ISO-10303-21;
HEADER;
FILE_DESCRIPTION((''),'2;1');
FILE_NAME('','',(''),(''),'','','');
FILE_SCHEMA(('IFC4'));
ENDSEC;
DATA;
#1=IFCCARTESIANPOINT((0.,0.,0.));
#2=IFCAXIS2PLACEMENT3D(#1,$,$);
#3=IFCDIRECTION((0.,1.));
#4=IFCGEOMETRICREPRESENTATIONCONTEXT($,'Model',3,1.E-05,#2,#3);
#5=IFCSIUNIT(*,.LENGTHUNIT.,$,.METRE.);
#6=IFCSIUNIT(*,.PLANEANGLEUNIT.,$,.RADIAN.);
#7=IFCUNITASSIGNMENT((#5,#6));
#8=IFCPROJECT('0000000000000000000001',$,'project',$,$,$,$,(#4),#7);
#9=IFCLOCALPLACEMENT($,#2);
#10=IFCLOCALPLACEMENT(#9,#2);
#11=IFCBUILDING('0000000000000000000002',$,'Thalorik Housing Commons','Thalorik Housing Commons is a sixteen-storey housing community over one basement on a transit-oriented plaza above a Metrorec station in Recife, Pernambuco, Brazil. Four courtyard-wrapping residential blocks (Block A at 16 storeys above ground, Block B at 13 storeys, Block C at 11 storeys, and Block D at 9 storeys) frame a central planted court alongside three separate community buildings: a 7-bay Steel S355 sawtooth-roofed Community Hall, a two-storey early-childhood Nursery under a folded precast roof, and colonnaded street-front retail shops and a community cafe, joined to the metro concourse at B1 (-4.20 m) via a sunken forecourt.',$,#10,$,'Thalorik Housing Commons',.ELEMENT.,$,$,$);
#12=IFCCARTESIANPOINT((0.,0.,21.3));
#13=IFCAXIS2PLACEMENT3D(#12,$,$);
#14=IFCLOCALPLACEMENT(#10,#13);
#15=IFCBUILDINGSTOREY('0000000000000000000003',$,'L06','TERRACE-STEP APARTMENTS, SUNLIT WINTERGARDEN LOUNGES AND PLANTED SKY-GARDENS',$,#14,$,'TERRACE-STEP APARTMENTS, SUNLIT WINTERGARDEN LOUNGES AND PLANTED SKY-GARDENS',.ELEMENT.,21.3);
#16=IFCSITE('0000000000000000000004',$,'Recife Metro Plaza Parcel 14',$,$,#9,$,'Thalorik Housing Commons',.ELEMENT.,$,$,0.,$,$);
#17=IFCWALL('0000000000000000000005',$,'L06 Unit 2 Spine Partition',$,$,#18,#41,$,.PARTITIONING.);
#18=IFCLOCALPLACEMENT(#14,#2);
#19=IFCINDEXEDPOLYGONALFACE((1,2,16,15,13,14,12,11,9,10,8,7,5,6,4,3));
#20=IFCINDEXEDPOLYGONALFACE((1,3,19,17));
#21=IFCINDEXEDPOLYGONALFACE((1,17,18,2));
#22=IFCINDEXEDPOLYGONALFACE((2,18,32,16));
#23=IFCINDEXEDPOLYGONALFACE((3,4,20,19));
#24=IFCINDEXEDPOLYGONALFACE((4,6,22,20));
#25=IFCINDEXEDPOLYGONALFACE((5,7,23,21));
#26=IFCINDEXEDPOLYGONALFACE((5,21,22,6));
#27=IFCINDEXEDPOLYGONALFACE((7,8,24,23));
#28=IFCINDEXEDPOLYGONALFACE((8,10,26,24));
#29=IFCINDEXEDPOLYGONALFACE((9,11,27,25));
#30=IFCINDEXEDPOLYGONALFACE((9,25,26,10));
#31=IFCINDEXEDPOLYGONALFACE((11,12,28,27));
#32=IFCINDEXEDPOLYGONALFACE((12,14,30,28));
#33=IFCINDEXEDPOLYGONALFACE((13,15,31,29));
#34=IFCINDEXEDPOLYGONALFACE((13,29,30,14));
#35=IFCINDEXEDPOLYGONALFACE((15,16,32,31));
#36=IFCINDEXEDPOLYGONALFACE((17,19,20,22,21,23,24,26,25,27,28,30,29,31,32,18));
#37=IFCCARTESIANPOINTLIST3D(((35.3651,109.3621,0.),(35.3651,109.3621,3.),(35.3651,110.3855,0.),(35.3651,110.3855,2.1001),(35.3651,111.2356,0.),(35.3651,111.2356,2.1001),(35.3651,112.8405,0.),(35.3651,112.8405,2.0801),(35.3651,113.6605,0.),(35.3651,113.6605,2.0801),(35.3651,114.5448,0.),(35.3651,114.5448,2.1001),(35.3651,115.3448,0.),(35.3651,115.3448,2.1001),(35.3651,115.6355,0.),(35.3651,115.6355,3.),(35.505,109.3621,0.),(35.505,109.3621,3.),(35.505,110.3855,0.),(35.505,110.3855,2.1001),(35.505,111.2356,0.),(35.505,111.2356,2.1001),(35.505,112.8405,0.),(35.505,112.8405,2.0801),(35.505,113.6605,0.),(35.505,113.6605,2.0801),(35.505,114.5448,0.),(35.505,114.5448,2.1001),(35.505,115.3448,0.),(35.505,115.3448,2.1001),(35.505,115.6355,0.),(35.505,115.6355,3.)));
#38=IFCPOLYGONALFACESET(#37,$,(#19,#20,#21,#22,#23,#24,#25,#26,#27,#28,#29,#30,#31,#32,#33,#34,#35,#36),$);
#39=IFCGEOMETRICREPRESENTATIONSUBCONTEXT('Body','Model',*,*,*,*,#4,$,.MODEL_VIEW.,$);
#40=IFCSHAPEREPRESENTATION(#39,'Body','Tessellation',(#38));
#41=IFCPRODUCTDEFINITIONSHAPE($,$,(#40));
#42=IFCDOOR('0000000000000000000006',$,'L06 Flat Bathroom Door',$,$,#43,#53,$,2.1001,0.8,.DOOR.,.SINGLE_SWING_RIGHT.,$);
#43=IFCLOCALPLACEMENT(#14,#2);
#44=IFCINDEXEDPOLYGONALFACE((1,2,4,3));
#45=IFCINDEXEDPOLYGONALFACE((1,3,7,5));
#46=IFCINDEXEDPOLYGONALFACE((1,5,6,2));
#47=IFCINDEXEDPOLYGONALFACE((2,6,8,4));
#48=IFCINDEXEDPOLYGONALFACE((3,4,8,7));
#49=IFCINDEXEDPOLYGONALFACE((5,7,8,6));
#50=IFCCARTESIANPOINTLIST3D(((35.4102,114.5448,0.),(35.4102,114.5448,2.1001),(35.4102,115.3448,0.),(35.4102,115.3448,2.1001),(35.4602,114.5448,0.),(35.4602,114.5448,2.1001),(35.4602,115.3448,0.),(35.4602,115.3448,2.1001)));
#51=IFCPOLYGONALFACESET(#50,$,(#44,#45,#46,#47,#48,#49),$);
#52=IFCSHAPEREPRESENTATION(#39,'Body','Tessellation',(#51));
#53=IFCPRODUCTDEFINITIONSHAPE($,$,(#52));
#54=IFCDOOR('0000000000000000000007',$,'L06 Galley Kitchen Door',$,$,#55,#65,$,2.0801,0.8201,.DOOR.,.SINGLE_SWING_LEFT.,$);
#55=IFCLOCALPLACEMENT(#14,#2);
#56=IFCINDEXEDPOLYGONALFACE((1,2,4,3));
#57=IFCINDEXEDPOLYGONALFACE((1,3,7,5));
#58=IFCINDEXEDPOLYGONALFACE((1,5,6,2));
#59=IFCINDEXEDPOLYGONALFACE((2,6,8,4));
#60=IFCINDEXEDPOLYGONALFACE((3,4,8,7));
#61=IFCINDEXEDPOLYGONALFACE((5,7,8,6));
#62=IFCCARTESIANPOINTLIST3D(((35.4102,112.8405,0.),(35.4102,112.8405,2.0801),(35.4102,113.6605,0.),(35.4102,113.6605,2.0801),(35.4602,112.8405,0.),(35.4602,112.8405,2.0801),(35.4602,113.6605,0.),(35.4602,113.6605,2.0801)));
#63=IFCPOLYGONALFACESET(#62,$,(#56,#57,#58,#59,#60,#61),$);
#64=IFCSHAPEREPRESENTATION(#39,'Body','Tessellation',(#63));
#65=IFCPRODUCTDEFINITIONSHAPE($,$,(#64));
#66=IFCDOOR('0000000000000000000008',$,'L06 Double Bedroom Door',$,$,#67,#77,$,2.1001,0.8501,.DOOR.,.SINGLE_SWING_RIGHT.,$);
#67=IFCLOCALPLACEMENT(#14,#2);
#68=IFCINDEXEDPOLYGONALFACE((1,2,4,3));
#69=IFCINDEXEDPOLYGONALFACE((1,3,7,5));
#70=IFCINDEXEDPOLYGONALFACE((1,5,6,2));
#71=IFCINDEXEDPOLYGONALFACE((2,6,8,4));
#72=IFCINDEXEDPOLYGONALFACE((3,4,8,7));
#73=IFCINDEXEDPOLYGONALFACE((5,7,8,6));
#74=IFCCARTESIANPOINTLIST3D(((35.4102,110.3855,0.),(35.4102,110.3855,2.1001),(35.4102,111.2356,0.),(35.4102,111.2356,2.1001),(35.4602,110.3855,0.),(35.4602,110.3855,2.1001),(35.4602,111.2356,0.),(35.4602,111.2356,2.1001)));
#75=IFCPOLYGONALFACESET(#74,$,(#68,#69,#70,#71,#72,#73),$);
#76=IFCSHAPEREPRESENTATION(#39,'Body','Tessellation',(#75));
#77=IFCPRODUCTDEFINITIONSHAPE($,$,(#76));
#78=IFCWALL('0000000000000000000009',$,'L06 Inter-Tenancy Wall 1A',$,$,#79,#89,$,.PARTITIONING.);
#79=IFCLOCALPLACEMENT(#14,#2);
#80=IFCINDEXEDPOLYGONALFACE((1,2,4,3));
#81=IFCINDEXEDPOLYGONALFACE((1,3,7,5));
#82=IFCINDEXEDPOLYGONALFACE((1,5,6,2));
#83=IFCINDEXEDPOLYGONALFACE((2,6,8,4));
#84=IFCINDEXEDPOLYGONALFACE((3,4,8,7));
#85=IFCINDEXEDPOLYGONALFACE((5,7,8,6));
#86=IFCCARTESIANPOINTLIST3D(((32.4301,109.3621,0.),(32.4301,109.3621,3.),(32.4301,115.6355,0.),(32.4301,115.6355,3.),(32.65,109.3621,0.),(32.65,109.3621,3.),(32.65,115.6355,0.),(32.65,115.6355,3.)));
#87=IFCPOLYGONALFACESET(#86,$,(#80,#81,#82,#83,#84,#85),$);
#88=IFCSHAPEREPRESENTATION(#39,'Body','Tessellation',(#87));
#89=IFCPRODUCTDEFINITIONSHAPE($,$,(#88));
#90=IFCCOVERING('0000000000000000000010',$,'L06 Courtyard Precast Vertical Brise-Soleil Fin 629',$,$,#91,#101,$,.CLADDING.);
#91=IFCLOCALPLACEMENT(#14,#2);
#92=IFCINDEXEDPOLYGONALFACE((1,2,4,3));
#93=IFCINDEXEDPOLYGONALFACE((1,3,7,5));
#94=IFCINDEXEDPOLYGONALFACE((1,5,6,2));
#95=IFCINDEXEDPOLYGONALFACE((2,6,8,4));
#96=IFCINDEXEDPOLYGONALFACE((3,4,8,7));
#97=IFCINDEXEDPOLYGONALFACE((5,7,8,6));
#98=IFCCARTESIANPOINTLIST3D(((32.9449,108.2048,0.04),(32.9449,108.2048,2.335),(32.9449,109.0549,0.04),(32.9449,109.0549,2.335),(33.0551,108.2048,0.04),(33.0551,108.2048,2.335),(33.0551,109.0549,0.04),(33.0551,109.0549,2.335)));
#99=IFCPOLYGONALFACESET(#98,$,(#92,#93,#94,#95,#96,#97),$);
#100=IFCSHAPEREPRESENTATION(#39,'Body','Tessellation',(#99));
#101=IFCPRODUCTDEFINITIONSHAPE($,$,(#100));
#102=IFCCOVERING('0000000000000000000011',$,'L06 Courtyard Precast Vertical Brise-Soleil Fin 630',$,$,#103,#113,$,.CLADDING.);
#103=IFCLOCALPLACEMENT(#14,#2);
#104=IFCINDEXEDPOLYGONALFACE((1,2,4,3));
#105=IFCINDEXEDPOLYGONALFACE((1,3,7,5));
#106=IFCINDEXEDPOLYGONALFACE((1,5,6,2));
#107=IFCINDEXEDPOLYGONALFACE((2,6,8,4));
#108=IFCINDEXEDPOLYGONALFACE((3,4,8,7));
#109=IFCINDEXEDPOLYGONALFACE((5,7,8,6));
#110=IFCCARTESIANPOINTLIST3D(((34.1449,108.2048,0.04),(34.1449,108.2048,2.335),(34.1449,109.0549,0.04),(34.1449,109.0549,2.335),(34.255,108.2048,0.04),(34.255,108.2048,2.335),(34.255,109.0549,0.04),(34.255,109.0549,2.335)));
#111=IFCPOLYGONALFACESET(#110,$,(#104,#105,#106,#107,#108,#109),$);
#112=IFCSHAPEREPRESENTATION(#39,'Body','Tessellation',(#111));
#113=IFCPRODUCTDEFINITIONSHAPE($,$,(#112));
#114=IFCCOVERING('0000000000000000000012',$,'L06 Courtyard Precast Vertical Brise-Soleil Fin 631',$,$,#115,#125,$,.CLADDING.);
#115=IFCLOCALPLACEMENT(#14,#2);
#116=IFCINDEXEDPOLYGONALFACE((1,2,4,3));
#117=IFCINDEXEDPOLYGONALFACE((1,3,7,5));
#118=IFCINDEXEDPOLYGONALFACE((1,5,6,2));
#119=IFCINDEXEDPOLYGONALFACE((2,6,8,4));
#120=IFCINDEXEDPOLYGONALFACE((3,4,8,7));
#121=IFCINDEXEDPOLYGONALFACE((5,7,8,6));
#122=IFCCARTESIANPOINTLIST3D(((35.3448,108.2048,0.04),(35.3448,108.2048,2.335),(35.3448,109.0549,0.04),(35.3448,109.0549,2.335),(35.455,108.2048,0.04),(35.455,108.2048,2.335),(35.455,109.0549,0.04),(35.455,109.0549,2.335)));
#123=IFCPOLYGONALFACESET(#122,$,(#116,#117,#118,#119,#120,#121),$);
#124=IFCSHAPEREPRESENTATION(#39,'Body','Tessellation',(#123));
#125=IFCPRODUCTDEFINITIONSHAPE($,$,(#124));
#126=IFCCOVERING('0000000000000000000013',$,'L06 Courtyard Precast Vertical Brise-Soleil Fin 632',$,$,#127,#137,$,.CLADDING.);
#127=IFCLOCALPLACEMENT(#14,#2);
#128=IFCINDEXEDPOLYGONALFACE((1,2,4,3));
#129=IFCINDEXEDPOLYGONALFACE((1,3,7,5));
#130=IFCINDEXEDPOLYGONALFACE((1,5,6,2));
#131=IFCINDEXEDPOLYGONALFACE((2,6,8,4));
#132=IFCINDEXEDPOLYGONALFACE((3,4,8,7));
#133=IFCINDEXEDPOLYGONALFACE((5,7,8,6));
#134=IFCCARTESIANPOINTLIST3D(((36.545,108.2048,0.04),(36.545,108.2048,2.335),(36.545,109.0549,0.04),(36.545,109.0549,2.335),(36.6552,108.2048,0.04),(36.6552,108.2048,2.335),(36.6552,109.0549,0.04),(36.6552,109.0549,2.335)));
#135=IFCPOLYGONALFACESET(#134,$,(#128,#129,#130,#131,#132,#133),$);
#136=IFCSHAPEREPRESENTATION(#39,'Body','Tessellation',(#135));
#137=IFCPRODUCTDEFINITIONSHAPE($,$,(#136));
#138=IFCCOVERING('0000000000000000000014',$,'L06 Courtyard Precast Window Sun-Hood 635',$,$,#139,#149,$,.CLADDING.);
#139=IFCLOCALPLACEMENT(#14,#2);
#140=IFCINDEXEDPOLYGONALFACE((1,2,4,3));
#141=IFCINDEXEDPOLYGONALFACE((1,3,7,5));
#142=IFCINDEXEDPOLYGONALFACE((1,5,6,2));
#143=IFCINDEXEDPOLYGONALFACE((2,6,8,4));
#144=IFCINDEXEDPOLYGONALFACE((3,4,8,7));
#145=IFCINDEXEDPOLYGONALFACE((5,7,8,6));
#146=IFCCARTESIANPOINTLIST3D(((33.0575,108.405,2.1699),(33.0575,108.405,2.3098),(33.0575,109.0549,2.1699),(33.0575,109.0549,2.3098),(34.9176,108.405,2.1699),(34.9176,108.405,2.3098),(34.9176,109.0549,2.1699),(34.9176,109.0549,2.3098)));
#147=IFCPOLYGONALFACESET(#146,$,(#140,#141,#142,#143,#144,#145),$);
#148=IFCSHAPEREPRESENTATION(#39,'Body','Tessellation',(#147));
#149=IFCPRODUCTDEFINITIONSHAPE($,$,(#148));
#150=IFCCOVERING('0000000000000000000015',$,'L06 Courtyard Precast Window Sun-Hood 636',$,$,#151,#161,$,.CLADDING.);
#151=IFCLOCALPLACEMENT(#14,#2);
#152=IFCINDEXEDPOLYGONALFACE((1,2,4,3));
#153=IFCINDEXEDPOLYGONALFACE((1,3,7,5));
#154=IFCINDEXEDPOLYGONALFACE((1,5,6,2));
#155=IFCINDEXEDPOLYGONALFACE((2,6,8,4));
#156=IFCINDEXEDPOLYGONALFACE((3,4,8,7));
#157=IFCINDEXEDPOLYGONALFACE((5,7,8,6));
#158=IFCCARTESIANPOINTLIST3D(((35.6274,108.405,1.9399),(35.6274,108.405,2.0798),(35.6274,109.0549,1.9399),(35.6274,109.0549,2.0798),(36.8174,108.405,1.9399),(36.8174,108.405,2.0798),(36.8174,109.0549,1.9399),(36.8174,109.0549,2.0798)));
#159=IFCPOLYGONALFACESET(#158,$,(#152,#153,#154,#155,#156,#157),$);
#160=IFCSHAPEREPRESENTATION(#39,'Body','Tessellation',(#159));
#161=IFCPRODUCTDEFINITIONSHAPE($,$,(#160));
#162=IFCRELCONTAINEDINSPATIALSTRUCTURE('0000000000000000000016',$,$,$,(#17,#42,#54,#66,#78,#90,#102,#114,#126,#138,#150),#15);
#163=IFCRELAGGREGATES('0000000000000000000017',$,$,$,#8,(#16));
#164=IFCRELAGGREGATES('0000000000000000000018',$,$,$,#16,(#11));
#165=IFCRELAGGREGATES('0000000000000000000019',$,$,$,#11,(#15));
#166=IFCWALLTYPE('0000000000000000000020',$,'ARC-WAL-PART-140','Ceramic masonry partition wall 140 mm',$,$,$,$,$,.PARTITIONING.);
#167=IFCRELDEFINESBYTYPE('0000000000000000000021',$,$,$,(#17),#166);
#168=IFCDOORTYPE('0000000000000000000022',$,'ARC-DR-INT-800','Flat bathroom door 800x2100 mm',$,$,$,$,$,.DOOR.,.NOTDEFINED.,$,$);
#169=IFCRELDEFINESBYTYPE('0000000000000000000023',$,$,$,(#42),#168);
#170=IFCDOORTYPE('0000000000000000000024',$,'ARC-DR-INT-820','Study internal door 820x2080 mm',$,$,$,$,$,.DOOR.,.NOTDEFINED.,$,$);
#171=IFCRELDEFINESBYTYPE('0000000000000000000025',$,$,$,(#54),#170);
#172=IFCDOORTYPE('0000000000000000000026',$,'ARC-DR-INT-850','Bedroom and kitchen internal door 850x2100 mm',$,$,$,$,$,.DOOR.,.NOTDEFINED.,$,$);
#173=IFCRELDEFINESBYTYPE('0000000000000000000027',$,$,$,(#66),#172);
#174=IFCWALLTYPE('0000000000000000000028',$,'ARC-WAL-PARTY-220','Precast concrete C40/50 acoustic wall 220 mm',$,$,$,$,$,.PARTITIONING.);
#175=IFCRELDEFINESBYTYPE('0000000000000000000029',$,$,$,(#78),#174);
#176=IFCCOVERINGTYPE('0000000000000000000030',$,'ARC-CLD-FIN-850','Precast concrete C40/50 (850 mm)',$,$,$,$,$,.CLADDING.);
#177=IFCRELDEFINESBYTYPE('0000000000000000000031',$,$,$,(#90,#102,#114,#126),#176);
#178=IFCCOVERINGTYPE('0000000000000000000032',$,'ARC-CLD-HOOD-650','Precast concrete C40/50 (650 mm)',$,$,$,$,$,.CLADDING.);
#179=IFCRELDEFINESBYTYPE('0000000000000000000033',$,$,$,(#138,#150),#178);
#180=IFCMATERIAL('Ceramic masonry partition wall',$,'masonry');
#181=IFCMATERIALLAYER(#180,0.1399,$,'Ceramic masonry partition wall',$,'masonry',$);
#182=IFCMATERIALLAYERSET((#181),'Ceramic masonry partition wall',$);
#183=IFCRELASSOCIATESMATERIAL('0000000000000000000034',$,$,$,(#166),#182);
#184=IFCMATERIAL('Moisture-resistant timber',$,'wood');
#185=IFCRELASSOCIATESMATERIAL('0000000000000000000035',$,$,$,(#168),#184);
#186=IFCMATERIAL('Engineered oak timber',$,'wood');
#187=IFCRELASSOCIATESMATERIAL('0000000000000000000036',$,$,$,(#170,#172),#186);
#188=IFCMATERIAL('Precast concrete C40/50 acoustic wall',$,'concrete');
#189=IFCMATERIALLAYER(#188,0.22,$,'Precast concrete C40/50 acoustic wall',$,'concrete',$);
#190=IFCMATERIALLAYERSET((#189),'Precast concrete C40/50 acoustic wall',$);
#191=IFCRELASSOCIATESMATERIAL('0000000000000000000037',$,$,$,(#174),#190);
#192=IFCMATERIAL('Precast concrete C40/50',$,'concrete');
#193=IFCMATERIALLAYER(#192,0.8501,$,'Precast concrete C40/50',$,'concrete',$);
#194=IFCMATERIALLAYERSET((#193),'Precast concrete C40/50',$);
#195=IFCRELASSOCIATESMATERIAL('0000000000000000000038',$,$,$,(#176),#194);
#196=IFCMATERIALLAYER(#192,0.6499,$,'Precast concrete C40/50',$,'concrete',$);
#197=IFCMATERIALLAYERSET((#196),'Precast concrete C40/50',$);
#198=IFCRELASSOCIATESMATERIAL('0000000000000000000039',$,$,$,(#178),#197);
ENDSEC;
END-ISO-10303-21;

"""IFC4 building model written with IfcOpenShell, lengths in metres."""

from ifc_helpers import new_model, si_unit, direction, frame, frame_2d, origin, origin_2d, place, context, subcontext, project, spatial, rectangle, extrude, material, layer, layer_set, type_object, element, fill, save


model = new_model("IFC4")

# Units and contexts
model_context = context("Model", 3, precision=1e-05, world=origin(), true_north=direction((0.0, 1.0)))
body_context = subcontext(model_context, "Body", "Model", "MODEL_VIEW")
ifc_project = project(units=[si_unit("LENGTHUNIT", "METRE"), si_unit("PLANEANGLEUNIT", "RADIAN")], contexts=[model_context])

# Site, building, storey
site_placement = place(None, origin())
site = spatial("IfcSite", under=ifc_project, at=site_placement, Name="Recife Metro Plaza Parcel 14", LongName="Thalorik Housing Commons", CompositionType="ELEMENT", RefElevation=0.0)
building_placement = place(site_placement, origin())
building = spatial("IfcBuilding", under=site, at=building_placement, Name="Thalorik Housing Commons", Description="Thalorik Housing Commons is a sixteen-storey housing community over one basement on a transit-oriented plaza above a Metrorec station in Recife, Pernambuco, Brazil. Four courtyard-wrapping residential blocks (Block A at 16 storeys above ground, Block B at 13 storeys, Block C at 11 storeys, and Block D at 9 storeys) frame a central planted court alongside three separate community buildings: a 7-bay Steel S355 sawtooth-roofed Community Hall, a two-storey early-childhood Nursery under a folded precast roof, and colonnaded street-front retail shops and a community cafe, joined to the metro concourse at B1 (-4.20 m) via a sunken forecourt.", LongName="Thalorik Housing Commons", CompositionType="ELEMENT")
storey_placement = place(building_placement, frame((0.0, 0.0, 21.3)))
storey = spatial("IfcBuildingStorey", under=building, at=storey_placement, Name="L06", Description="TERRACE-STEP APARTMENTS, SUNLIT WINTERGARDEN LOUNGES AND PLANTED SKY-GARDENS", LongName="TERRACE-STEP APARTMENTS, SUNLIT WINTERGARDEN LOUNGES AND PLANTED SKY-GARDENS", CompositionType="ELEMENT", Elevation=21.3)

# Shared definitions
ifc_material_1 = material(Name="Precast concrete C40/50", Category="concrete")

# Wall, openings, doors
ifc_material_2 = material(Name="Ceramic masonry partition wall", Category="masonry")
ifc_layer_1 = layer(ifc_material_2, 0.1399, Name="Ceramic masonry partition wall", Category="masonry")
ifc_layer_set_1 = layer_set([ifc_layer_1], Name="Ceramic masonry partition wall")
wall_type_1 = type_object("IfcWallType", Name="ARC-WAL-PART-140", Description="Ceramic masonry partition wall 140 mm", PredefinedType="PARTITIONING", material=ifc_layer_set_1)
wall_1_placement = place(storey_placement, frame((35.4351, 109.3621, 0.0), z_axis=(0.0, 0.0, 1.0), x_axis=(0.0, 1.0, 0.0)))
wall_1 = element("IfcWall", 1, at=wall_1_placement, inside=storey, type_object=wall_type_1, Name="L06 Unit 2 Spine Partition", PredefinedType="PARTITIONING", context=body_context, shape_type="SweptSolid", body=[
    extrude(rectangle(XDim=6.2734, YDim=0.1399, at=frame_2d((3.1367, 0.0))), origin(), (0.0, 0.0, 1.0), 3.0),
])
opening_1_placement = place(wall_1_placement, frame((1.0234, 0.0, 0.0)))
opening_1 = element("IfcOpeningElement", 2, at=opening_1_placement, cuts=wall_1, PredefinedType="OPENING", context=body_context, shape_type="SweptSolid", body=[
    extrude(rectangle(XDim=0.8501, YDim=2.1001, at=frame_2d((0.425, 1.05))), frame((0.0, 0.0801, 0.0), z_axis=(0.0, -1.0, 0.0), x_axis=(1.0, 0.0, 0.0)), (0.0, 0.0, 1.0), 0.1599),
])
opening_2_placement = place(wall_1_placement, frame((3.4783, 0.0, 0.0)))
opening_2 = element("IfcOpeningElement", 3, at=opening_2_placement, cuts=wall_1, PredefinedType="OPENING", context=body_context, shape_type="SweptSolid", body=[
    extrude(rectangle(XDim=0.8201, YDim=2.0801, at=frame_2d((0.4102, 1.04))), frame((0.0, 0.0801, 0.0), z_axis=(0.0, -1.0, 0.0), x_axis=(1.0, 0.0, 0.0)), (0.0, 0.0, 1.0), 0.1599),
])
opening_3_placement = place(wall_1_placement, frame((5.1829, 0.0, 0.0)))
opening_3 = element("IfcOpeningElement", 4, at=opening_3_placement, cuts=wall_1, PredefinedType="OPENING", context=body_context, shape_type="SweptSolid", body=[
    extrude(rectangle(XDim=0.8, YDim=2.1001, at=frame_2d((0.3999, 1.05))), frame((0.0, 0.0801, 0.0), z_axis=(0.0, -1.0, 0.0), x_axis=(1.0, 0.0, 0.0)), (0.0, 0.0, 1.0), 0.1599),
])
ifc_material_3 = material(Name="Moisture-resistant timber", Category="wood")
door_type_1 = type_object("IfcDoorType", Name="ARC-DR-INT-800", Description="Flat bathroom door 800x2100 mm", OperationType="NOTDEFINED", PredefinedType="DOOR", material=ifc_material_3)
door_1_placement = place(opening_3_placement, origin())
door_1 = element("IfcDoor", 5, at=door_1_placement, inside=storey, type_object=door_type_1, Name="L06 Flat Bathroom Door", OperationType="SINGLE_SWING_RIGHT", OverallHeight=2.1001, OverallWidth=0.8, PredefinedType="DOOR", context=body_context, shape_type="SweptSolid", body=[
    extrude(rectangle(XDim=0.8, YDim=2.1001, at=frame_2d((0.3999, 1.05))), frame((0.0, 0.0249, 0.0), z_axis=(0.0, -1.0, 0.0), x_axis=(1.0, 0.0, 0.0)), (0.0, 0.0, 1.0), 0.05),
])
fill(opening_3, door_1)
ifc_material_4 = material(Name="Engineered oak timber", Category="wood")
door_type_2 = type_object("IfcDoorType", Name="ARC-DR-INT-820", Description="Study internal door 820x2080 mm", OperationType="NOTDEFINED", PredefinedType="DOOR", material=ifc_material_4)
door_2_placement = place(opening_2_placement, origin())
door_2 = element("IfcDoor", 6, at=door_2_placement, inside=storey, type_object=door_type_2, Name="L06 Galley Kitchen Door", OperationType="SINGLE_SWING_LEFT", OverallHeight=2.0801, OverallWidth=0.8201, PredefinedType="DOOR", context=body_context, shape_type="SweptSolid", body=[
    extrude(rectangle(XDim=0.8201, YDim=2.0801, at=frame_2d((0.4102, 1.04))), frame((0.0, 0.0249, 0.0), z_axis=(0.0, -1.0, 0.0), x_axis=(1.0, 0.0, 0.0)), (0.0, 0.0, 1.0), 0.05),
])
fill(opening_2, door_2)
door_type_3 = type_object("IfcDoorType", Name="ARC-DR-INT-850", Description="Bedroom and kitchen internal door 850x2100 mm", OperationType="NOTDEFINED", PredefinedType="DOOR", material=ifc_material_4)
door_3_placement = place(opening_1_placement, origin())
door_3 = element("IfcDoor", 7, at=door_3_placement, inside=storey, type_object=door_type_3, Name="L06 Double Bedroom Door", OperationType="SINGLE_SWING_RIGHT", OverallHeight=2.1001, OverallWidth=0.8501, PredefinedType="DOOR", context=body_context, shape_type="SweptSolid", body=[
    extrude(rectangle(XDim=0.8501, YDim=2.1001, at=frame_2d((0.425, 1.05))), frame((0.0, 0.0249, 0.0), z_axis=(0.0, -1.0, 0.0), x_axis=(1.0, 0.0, 0.0)), (0.0, 0.0, 1.0), 0.05),
])
fill(opening_1, door_3)

# Wall
ifc_material_5 = material(Name="Precast concrete C40/50 acoustic wall", Category="concrete")
ifc_layer_2 = layer(ifc_material_5, 0.22, Name="Precast concrete C40/50 acoustic wall", Category="concrete")
ifc_layer_set_2 = layer_set([ifc_layer_2], Name="Precast concrete C40/50 acoustic wall")
wall_type_2 = type_object("IfcWallType", Name="ARC-WAL-PARTY-220", Description="Precast concrete C40/50 acoustic wall 220 mm", PredefinedType="PARTITIONING", material=ifc_layer_set_2)
wall_2_placement = place(storey_placement, frame((32.54, 109.3621, 0.0), z_axis=(0.0, 0.0, 1.0), x_axis=(0.0, 1.0, 0.0)))
element("IfcWall", 8, at=wall_2_placement, inside=storey, type_object=wall_type_2, Name="L06 Inter-Tenancy Wall 1A", PredefinedType="PARTITIONING", context=body_context, shape_type="SweptSolid", body=[
    extrude(rectangle(XDim=6.2734, YDim=0.22, at=frame_2d((3.1367, 0.0))), origin(), (0.0, 0.0, 1.0), 3.0),
])

# Coverings
ifc_layer_3 = layer(ifc_material_1, 0.8501, Name="Precast concrete C40/50", Category="concrete")
ifc_layer_set_3 = layer_set([ifc_layer_3], Name="Precast concrete C40/50")
covering_type_1 = type_object("IfcCoveringType", Name="ARC-CLD-FIN-850", Description="Precast concrete C40/50 (850 mm)", PredefinedType="CLADDING", material=ifc_layer_set_3)
for number, where, z_axis, x_axis, name in (
    (9, (33.0, 108.6299, 0.04), (0.0, 0.0, 1.0), (1.0, 0.0, 0.0), "L06 Courtyard Precast Vertical Brise-Soleil Fin 629"),
    (10, (34.2, 108.6299, 0.04), (0.0, 0.0, 1.0), (1.0, 0.0, 0.0), "L06 Courtyard Precast Vertical Brise-Soleil Fin 630"),
    (11, (35.3999, 108.6299, 0.04), (0.0, 0.0, 1.0), (1.0, 0.0, 0.0), "L06 Courtyard Precast Vertical Brise-Soleil Fin 631"),
    (12, (36.6001, 108.6299, 0.04), (0.0, 0.0, 1.0), (1.0, 0.0, 0.0), "L06 Courtyard Precast Vertical Brise-Soleil Fin 632"),
):
    element("IfcCovering", number, at=place(storey_placement, frame(where, z_axis=z_axis, x_axis=x_axis)), inside=storey, type_object=covering_type_1, Name=name, PredefinedType="CLADDING", context=body_context, shape_type="SweptSolid", body=[
        extrude(rectangle(XDim=0.1101, YDim=0.8501, at=origin_2d()), origin(), (0.0, 0.0, 1.0), 2.2949),
    ])
ifc_layer_4 = layer(ifc_material_1, 0.6499, Name="Precast concrete C40/50", Category="concrete")
ifc_layer_set_4 = layer_set([ifc_layer_4], Name="Precast concrete C40/50")
covering_type_2 = type_object("IfcCoveringType", Name="ARC-CLD-HOOD-650", Description="Precast concrete C40/50 (650 mm)", PredefinedType="CLADDING", material=ifc_layer_set_4)
covering_1_placement = place(storey_placement, frame((33.9875, 108.73, 2.1699), z_axis=(0.0, 0.0, 1.0), x_axis=(1.0, 0.0, 0.0)))
element("IfcCovering", 13, at=covering_1_placement, inside=storey, type_object=covering_type_2, Name="L06 Courtyard Precast Window Sun-Hood 635", PredefinedType="CLADDING", context=body_context, shape_type="SweptSolid", body=[
    extrude(rectangle(XDim=1.8601, YDim=0.6499, at=origin_2d()), origin(), (0.0, 0.0, 1.0), 0.1399),
])
covering_2_placement = place(storey_placement, frame((36.2224, 108.73, 1.9399), z_axis=(0.0, 0.0, 1.0), x_axis=(1.0, 0.0, 0.0)))
element("IfcCovering", 14, at=covering_2_placement, inside=storey, type_object=covering_type_2, Name="L06 Courtyard Precast Window Sun-Hood 636", PredefinedType="CLADDING", context=body_context, shape_type="SweptSolid", body=[
    extrude(rectangle(XDim=1.1899, YDim=0.6499, at=origin_2d()), origin(), (0.0, 0.0, 1.0), 0.1399),
])

save(model, "model.ifc")
